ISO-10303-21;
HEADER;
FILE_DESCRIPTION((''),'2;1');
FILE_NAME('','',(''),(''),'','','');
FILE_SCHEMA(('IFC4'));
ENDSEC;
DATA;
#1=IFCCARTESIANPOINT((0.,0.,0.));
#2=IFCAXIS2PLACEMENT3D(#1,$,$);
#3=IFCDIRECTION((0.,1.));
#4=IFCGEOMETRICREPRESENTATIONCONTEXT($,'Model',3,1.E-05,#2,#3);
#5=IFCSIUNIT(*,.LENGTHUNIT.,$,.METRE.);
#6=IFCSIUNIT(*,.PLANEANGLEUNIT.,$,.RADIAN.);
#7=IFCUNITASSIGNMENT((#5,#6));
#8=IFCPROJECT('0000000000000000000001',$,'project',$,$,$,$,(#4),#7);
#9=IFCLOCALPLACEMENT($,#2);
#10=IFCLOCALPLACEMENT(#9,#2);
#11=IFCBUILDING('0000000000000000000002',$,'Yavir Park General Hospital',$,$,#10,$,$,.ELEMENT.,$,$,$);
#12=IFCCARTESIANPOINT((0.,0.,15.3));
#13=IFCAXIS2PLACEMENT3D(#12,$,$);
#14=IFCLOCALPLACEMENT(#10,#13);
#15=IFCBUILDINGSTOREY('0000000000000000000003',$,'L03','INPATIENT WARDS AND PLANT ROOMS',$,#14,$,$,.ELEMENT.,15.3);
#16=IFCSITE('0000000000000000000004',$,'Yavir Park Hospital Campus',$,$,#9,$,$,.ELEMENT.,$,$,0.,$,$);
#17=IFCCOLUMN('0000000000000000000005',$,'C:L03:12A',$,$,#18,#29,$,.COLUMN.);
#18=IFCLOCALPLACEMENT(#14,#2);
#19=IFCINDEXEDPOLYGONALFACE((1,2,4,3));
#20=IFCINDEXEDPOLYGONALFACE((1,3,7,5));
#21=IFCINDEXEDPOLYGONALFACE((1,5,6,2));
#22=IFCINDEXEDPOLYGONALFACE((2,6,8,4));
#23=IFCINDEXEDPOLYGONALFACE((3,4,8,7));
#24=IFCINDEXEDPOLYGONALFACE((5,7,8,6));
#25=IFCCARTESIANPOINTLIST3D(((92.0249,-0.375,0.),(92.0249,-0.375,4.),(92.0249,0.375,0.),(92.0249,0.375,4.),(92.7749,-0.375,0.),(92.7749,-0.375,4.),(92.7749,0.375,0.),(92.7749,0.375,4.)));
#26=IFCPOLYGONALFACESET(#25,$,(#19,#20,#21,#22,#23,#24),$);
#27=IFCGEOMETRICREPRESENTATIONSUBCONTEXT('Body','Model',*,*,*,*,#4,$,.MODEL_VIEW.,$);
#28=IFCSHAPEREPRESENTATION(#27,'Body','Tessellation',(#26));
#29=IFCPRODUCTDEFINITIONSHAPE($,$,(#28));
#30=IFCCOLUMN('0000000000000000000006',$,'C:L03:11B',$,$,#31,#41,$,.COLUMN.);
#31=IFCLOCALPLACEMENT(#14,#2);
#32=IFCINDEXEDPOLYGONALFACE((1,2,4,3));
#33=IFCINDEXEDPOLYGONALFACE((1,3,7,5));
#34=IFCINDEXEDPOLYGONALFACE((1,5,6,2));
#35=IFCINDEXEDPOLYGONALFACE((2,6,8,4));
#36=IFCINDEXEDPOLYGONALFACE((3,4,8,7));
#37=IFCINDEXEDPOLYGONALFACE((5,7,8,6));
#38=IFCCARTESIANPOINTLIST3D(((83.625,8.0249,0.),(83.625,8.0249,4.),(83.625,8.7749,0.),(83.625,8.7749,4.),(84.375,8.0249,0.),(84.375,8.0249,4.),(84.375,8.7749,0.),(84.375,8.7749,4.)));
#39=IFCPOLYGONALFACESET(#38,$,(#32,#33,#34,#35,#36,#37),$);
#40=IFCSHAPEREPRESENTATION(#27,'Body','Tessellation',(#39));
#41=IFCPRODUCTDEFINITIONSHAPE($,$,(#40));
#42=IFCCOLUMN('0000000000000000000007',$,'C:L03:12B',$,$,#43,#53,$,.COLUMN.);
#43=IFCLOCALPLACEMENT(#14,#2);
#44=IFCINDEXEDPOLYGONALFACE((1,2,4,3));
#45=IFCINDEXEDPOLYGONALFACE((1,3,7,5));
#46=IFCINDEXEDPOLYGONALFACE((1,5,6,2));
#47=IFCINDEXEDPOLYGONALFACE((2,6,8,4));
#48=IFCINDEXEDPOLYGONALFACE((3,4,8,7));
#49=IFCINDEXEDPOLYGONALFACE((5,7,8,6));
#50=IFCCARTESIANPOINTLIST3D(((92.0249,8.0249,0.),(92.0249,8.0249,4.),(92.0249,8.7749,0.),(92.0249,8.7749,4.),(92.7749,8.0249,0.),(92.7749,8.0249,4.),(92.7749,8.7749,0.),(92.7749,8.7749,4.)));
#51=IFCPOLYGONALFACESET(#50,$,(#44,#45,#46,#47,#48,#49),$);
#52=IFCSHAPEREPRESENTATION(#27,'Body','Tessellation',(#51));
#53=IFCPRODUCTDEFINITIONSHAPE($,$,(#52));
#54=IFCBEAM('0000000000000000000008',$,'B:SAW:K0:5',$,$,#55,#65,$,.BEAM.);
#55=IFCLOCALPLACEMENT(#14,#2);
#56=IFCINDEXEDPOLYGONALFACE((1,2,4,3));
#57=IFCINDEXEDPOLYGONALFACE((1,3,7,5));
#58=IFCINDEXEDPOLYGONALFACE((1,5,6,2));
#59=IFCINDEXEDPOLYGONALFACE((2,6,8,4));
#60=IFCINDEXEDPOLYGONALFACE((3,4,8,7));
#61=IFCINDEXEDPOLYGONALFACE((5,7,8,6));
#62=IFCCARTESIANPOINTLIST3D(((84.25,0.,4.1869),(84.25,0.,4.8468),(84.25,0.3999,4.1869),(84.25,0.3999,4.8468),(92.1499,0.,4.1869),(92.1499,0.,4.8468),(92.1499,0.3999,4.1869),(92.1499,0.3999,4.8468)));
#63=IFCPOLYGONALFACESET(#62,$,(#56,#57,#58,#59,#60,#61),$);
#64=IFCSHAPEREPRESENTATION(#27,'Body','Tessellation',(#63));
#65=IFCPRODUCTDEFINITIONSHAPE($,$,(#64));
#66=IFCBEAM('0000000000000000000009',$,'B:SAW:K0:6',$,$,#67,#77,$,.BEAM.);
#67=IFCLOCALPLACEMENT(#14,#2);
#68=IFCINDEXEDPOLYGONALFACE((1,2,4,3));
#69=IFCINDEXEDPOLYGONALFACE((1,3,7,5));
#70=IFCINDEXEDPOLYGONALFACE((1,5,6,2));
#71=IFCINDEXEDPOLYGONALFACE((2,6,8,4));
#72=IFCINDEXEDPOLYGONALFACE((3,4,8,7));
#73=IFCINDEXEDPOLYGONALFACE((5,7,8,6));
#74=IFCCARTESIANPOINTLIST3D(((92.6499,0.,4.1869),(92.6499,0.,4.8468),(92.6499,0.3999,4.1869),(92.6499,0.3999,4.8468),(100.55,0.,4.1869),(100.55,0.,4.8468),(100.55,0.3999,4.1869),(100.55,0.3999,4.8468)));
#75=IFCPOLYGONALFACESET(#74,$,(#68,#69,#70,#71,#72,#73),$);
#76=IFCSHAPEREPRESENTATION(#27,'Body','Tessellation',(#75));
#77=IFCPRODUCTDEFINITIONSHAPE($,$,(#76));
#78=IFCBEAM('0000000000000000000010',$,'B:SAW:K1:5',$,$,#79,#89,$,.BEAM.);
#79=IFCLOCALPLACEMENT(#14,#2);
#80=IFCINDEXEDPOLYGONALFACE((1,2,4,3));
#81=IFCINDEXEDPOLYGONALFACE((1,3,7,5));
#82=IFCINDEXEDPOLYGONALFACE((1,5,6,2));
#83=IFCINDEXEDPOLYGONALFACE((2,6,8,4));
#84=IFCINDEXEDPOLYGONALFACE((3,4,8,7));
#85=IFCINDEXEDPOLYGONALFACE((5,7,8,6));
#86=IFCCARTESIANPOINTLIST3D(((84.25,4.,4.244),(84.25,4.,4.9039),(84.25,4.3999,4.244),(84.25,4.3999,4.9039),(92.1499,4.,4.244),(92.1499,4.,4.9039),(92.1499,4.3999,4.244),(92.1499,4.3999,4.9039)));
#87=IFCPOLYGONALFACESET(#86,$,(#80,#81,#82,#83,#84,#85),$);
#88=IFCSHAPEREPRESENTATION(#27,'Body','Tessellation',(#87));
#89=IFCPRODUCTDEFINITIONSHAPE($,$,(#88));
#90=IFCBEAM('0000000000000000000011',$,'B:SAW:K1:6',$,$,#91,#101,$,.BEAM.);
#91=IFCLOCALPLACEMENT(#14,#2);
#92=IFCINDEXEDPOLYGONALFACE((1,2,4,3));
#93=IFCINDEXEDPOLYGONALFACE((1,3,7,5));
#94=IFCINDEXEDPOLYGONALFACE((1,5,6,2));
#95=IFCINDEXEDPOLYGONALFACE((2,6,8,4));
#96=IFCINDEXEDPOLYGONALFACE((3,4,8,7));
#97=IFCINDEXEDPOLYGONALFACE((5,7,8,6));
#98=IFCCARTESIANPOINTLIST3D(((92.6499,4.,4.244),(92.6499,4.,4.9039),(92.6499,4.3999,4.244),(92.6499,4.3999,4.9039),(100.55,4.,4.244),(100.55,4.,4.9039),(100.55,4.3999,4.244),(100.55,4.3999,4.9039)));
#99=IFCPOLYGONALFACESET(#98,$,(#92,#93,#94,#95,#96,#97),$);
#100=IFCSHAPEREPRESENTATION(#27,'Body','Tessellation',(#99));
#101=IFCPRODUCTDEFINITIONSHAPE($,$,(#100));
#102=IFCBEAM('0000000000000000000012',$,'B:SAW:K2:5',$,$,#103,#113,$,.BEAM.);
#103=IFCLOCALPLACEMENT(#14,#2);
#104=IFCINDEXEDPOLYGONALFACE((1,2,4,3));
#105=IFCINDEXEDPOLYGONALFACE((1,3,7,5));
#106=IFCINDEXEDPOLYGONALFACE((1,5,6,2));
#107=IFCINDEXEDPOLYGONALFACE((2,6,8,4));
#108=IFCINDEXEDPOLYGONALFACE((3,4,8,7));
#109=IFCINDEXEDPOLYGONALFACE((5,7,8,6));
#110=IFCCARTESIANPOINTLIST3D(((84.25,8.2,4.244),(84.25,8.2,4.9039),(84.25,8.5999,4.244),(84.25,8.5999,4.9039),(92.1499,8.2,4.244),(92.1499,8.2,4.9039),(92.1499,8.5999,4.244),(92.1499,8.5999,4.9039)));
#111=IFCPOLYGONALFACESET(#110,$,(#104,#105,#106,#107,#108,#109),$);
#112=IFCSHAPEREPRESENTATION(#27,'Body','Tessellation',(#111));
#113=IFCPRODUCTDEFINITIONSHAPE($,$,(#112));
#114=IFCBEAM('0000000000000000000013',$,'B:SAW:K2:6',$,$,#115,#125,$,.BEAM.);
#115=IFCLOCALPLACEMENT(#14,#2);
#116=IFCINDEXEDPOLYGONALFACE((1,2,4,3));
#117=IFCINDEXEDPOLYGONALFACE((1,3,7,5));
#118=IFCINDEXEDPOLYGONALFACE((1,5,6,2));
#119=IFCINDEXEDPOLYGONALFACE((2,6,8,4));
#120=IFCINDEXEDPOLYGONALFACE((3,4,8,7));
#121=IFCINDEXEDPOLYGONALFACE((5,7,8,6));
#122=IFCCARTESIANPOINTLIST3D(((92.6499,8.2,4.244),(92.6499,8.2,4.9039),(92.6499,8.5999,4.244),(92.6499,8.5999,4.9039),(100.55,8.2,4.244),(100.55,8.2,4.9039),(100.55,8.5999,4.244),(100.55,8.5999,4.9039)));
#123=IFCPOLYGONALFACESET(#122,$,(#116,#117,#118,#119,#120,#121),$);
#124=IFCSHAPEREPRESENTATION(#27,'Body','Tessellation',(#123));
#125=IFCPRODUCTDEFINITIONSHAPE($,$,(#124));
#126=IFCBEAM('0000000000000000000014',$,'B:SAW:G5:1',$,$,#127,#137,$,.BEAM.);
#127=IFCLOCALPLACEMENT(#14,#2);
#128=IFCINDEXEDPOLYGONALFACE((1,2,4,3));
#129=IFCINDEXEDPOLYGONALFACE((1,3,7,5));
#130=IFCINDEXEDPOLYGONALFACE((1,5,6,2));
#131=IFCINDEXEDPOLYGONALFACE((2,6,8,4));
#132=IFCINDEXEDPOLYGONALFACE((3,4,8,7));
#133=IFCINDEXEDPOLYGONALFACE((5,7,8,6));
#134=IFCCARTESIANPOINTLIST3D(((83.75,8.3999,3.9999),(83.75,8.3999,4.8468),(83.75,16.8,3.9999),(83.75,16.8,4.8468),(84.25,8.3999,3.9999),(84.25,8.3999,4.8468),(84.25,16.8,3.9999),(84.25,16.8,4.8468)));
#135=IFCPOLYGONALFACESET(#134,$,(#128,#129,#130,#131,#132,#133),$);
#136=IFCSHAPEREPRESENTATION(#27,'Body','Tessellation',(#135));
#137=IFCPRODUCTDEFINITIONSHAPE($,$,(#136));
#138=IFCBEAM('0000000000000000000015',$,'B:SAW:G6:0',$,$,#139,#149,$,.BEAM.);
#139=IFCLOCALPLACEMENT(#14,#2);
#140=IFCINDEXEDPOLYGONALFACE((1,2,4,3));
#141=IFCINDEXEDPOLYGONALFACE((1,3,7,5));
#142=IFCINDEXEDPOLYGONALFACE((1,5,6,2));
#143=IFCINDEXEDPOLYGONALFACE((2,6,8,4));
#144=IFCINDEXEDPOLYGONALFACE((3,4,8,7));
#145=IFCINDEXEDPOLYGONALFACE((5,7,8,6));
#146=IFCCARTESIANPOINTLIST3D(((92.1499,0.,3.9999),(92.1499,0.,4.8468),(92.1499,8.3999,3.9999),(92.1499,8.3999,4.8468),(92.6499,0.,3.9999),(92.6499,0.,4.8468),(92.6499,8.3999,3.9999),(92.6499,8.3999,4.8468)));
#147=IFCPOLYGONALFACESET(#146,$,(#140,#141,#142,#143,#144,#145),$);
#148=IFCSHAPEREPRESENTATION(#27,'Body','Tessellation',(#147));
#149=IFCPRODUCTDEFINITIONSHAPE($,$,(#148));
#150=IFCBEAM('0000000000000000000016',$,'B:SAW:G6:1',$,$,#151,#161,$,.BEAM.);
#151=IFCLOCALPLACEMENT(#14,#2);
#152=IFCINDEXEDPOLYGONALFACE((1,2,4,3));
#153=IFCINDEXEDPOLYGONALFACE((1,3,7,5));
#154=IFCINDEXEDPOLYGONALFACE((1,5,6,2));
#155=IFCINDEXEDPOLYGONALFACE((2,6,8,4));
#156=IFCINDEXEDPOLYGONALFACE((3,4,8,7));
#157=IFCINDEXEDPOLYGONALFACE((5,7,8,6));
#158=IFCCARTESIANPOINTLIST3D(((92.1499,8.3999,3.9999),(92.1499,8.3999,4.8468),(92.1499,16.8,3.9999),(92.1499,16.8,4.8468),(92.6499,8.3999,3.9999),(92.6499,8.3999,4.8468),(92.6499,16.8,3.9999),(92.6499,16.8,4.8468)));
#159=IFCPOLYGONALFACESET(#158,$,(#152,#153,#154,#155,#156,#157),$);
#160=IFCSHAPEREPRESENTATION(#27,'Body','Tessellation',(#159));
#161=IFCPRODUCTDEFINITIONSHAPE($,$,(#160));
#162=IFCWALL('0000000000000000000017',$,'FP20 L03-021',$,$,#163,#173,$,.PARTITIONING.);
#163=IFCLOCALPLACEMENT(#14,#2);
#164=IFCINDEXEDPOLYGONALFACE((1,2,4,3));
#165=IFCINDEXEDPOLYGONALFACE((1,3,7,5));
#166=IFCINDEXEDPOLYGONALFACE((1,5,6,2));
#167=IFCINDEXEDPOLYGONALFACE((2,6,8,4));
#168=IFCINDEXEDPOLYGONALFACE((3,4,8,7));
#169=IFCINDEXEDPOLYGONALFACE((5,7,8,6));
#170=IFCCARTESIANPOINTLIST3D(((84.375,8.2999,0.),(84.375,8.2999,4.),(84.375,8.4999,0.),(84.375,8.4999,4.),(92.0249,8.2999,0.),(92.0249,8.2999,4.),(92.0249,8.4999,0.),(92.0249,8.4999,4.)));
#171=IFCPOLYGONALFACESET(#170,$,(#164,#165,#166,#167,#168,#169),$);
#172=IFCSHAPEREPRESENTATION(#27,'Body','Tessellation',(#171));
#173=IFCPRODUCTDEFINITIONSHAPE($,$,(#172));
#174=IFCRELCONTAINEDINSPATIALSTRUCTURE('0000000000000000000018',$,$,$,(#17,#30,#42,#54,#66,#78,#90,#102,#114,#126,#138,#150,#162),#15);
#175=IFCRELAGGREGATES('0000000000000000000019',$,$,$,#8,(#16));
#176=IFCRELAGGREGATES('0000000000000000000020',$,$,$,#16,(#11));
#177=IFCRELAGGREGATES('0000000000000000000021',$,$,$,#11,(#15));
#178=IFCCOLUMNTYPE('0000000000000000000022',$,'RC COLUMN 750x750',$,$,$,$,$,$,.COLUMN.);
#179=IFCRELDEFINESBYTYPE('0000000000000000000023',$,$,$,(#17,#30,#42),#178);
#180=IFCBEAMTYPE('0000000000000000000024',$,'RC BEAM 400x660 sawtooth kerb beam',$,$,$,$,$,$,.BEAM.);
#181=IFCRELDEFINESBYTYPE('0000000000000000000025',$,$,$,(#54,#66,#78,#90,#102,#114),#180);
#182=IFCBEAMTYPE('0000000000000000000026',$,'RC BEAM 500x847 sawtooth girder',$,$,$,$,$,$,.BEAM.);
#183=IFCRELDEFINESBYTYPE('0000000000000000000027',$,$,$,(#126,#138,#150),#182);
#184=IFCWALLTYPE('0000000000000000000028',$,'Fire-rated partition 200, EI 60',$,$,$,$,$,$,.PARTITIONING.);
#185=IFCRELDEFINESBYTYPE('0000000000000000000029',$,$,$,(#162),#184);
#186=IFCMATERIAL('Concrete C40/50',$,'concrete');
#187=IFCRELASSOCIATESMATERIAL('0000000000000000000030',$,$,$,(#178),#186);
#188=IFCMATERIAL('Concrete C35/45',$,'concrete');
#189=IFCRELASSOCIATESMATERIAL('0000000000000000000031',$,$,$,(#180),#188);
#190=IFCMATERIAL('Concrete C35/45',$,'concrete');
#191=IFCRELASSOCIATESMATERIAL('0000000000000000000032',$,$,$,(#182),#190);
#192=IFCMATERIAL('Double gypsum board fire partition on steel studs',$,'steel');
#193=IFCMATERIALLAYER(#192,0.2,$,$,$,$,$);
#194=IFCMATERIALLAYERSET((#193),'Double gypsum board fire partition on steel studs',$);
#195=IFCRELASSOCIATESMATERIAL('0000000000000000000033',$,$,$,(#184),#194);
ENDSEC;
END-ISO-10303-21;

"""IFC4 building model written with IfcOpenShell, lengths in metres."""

from ifc_helpers import new_model, si_unit, direction, frame, frame_2d, origin, origin_2d, place, context, subcontext, project, spatial, rectangle, extrude, material, layer, layer_set, material_profile, profile_set, type_object, element, save


model = new_model("IFC4")

# Units and contexts
model_context = context("Model", 3, precision=1e-05, world=origin(), true_north=direction((0.0, 1.0)))
body_context = subcontext(model_context, "Body", "Model", "MODEL_VIEW")
ifc_project = project(units=[si_unit("LENGTHUNIT", "METRE"), si_unit("PLANEANGLEUNIT", "RADIAN")], contexts=[model_context])

# Site, building, storey
site_placement = place(None, origin())
site = spatial("IfcSite", under=ifc_project, at=site_placement, Name="Yavir Park Hospital Campus", CompositionType="ELEMENT", RefElevation=0.0)
building_placement = place(site_placement, origin())
building = spatial("IfcBuilding", under=site, at=building_placement, Name="Yavir Park General Hospital", CompositionType="ELEMENT")
storey_placement = place(building_placement, frame((0.0, 0.0, 15.3)))
storey = spatial("IfcBuildingStorey", under=building, at=storey_placement, Name="L03", Description="INPATIENT WARDS AND PLANT ROOMS", CompositionType="ELEMENT", Elevation=15.3)

# Columns
ifc_material_1 = material(Name="Concrete C40/50", Category="concrete")
ifc_material_profile_1 = material_profile(ifc_material_1, rectangle(XDim=0.75, YDim=0.75, at=origin_2d()), Name="RC750x750")
ifc_profile_set_1 = profile_set([ifc_material_profile_1], Name="Concrete C40/50")
column_type = type_object("IfcColumnType", Name="RC COLUMN 750x750", PredefinedType="COLUMN", material=ifc_profile_set_1)
for number, where, z_axis, x_axis, name in (
    (1, (92.3999, 0.0, 0.0), (0.0, 0.0, 1.0), (1.0, 0.0, 0.0), "C:L03:12A"),
    (2, (84.0, 8.3999, 0.0), (0.0, 0.0, 1.0), (1.0, 0.0, 0.0), "C:L03:11B"),
    (3, (92.3999, 8.3999, 0.0), (0.0, 0.0, 1.0), (1.0, 0.0, 0.0), "C:L03:12B"),
):
    element("IfcColumn", number, at=place(storey_placement, frame(where, z_axis=z_axis, x_axis=x_axis)), inside=storey, type_object=column_type, Name=name, PredefinedType="COLUMN", context=body_context, shape_type="SweptSolid", body=[
        extrude(rectangle(XDim=0.75, YDim=0.75, at=origin_2d()), origin(), (0.0, 0.0, 1.0), 4.0),
    ])

# Beams
ifc_material_2 = material(Name="Concrete C35/45", Category="concrete")
ifc_material_profile_2 = material_profile(ifc_material_2, rectangle(XDim=0.3999, YDim=0.6599, at=origin_2d()), Name="RC400x660")
ifc_profile_set_2 = profile_set([ifc_material_profile_2], Name="Concrete C35/45")
beam_type_1 = type_object("IfcBeamType", Name="RC BEAM 400x660 sawtooth kerb beam", PredefinedType="BEAM", material=ifc_profile_set_2)
beam_1_placement = place(storey_placement, frame((84.25, 0.2, 4.5168), z_axis=(1.0, 0.0, 0.0), x_axis=(0.0, 1.0, 0.0)))
element("IfcBeam", 4, at=beam_1_placement, inside=storey, type_object=beam_type_1, Name="B:SAW:K0:5", PredefinedType="BEAM", context=body_context, shape_type="SweptSolid", body=[
    extrude(rectangle(XDim=0.3999, YDim=0.6599, at=origin_2d()), origin(), (0.0, 0.0, 1.0), 7.8999),
])
beam_2_placement = place(storey_placement, frame((92.6499, 0.2, 4.5168), z_axis=(1.0, 0.0, 0.0), x_axis=(0.0, 1.0, 0.0)))
element("IfcBeam", 5, at=beam_2_placement, inside=storey, type_object=beam_type_1, Name="B:SAW:K0:6", PredefinedType="BEAM", context=body_context, shape_type="SweptSolid", body=[
    extrude(rectangle(XDim=0.3999, YDim=0.6599, at=origin_2d()), origin(), (0.0, 0.0, 1.0), 7.9001),
])
beam_3_placement = place(storey_placement, frame((84.25, 4.2, 4.574), z_axis=(1.0, 0.0, 0.0), x_axis=(0.0, 1.0, 0.0)))
element("IfcBeam", 6, at=beam_3_placement, inside=storey, type_object=beam_type_1, Name="B:SAW:K1:5", PredefinedType="BEAM", context=body_context, shape_type="SweptSolid", body=[
    extrude(rectangle(XDim=0.3999, YDim=0.6599, at=origin_2d()), origin(), (0.0, 0.0, 1.0), 7.8999),
])
beam_4_placement = place(storey_placement, frame((92.6499, 4.2, 4.574), z_axis=(1.0, 0.0, 0.0), x_axis=(0.0, 1.0, 0.0)))
element("IfcBeam", 7, at=beam_4_placement, inside=storey, type_object=beam_type_1, Name="B:SAW:K1:6", PredefinedType="BEAM", context=body_context, shape_type="SweptSolid", body=[
    extrude(rectangle(XDim=0.3999, YDim=0.6599, at=origin_2d()), origin(), (0.0, 0.0, 1.0), 7.9001),
])
beam_5_placement = place(storey_placement, frame((84.25, 8.3999, 4.574), z_axis=(1.0, 0.0, 0.0), x_axis=(0.0, 1.0, 0.0)))
element("IfcBeam", 8, at=beam_5_placement, inside=storey, type_object=beam_type_1, Name="B:SAW:K2:5", PredefinedType="BEAM", context=body_context, shape_type="SweptSolid", body=[
    extrude(rectangle(XDim=0.3999, YDim=0.6599, at=origin_2d()), origin(), (0.0, 0.0, 1.0), 7.8999),
])
beam_6_placement = place(storey_placement, frame((92.6499, 8.3999, 4.574), z_axis=(1.0, 0.0, 0.0), x_axis=(0.0, 1.0, 0.0)))
element("IfcBeam", 9, at=beam_6_placement, inside=storey, type_object=beam_type_1, Name="B:SAW:K2:6", PredefinedType="BEAM", context=body_context, shape_type="SweptSolid", body=[
    extrude(rectangle(XDim=0.3999, YDim=0.6599, at=origin_2d()), origin(), (0.0, 0.0, 1.0), 7.9001),
])
ifc_material_3 = material(Name="Concrete C35/45", Category="concrete")
ifc_material_profile_3 = material_profile(ifc_material_3, rectangle(XDim=0.5, YDim=0.8469, at=origin_2d()), Name="RC500x847")
ifc_profile_set_3 = profile_set([ifc_material_profile_3], Name="Concrete C35/45")
beam_type_2 = type_object("IfcBeamType", Name="RC BEAM 500x847 sawtooth girder", PredefinedType="BEAM", material=ifc_profile_set_3)
beam_7_placement = place(storey_placement, frame((84.0, 8.3999, 4.4233), z_axis=(0.0, 1.0, 0.0), x_axis=(-1.0, 0.0, 0.0)))
element("IfcBeam", 10, at=beam_7_placement, inside=storey, type_object=beam_type_2, Name="B:SAW:G5:1", PredefinedType="BEAM", context=body_context, shape_type="SweptSolid", body=[
    extrude(rectangle(XDim=0.5, YDim=0.8469, at=origin_2d()), origin(), (0.0, 0.0, 1.0), 8.4001),
])
beam_8_placement = place(storey_placement, frame((92.3999, 0.0, 4.4233), z_axis=(0.0, 1.0, 0.0), x_axis=(-1.0, 0.0, 0.0)))
element("IfcBeam", 11, at=beam_8_placement, inside=storey, type_object=beam_type_2, Name="B:SAW:G6:0", PredefinedType="BEAM", context=body_context, shape_type="SweptSolid", body=[
    extrude(rectangle(XDim=0.5, YDim=0.8469, at=origin_2d()), origin(), (0.0, 0.0, 1.0), 8.3999),
])
beam_9_placement = place(storey_placement, frame((92.3999, 8.3999, 4.4233), z_axis=(0.0, 1.0, 0.0), x_axis=(-1.0, 0.0, 0.0)))
element("IfcBeam", 12, at=beam_9_placement, inside=storey, type_object=beam_type_2, Name="B:SAW:G6:1", PredefinedType="BEAM", context=body_context, shape_type="SweptSolid", body=[
    extrude(rectangle(XDim=0.5, YDim=0.8469, at=origin_2d()), origin(), (0.0, 0.0, 1.0), 8.4001),
])

# Wall
ifc_material_4 = material(Name="Double gypsum board fire partition on steel studs", Category="steel")
ifc_layer_1 = layer(ifc_material_4, 0.2)
ifc_layer_set_1 = layer_set([ifc_layer_1], Name="Double gypsum board fire partition on steel studs")
wall_type_1 = type_object("IfcWallType", Name="Fire-rated partition 200, EI 60", PredefinedType="PARTITIONING", material=ifc_layer_set_1)
wall_1_placement = place(storey_placement, frame((84.375, 8.3999, 0.0), z_axis=(0.0, 0.0, 1.0), x_axis=(1.0, 0.0, 0.0)))
element("IfcWall", 13, at=wall_1_placement, inside=storey, type_object=wall_type_1, Name="FP20 L03-021", PredefinedType="PARTITIONING", context=body_context, shape_type="SweptSolid", body=[
    extrude(rectangle(XDim=7.6499, YDim=0.2, at=frame_2d((3.825, 0.0))), origin(), (0.0, 0.0, 1.0), 4.0),
])

save(model, "model.ifc")
